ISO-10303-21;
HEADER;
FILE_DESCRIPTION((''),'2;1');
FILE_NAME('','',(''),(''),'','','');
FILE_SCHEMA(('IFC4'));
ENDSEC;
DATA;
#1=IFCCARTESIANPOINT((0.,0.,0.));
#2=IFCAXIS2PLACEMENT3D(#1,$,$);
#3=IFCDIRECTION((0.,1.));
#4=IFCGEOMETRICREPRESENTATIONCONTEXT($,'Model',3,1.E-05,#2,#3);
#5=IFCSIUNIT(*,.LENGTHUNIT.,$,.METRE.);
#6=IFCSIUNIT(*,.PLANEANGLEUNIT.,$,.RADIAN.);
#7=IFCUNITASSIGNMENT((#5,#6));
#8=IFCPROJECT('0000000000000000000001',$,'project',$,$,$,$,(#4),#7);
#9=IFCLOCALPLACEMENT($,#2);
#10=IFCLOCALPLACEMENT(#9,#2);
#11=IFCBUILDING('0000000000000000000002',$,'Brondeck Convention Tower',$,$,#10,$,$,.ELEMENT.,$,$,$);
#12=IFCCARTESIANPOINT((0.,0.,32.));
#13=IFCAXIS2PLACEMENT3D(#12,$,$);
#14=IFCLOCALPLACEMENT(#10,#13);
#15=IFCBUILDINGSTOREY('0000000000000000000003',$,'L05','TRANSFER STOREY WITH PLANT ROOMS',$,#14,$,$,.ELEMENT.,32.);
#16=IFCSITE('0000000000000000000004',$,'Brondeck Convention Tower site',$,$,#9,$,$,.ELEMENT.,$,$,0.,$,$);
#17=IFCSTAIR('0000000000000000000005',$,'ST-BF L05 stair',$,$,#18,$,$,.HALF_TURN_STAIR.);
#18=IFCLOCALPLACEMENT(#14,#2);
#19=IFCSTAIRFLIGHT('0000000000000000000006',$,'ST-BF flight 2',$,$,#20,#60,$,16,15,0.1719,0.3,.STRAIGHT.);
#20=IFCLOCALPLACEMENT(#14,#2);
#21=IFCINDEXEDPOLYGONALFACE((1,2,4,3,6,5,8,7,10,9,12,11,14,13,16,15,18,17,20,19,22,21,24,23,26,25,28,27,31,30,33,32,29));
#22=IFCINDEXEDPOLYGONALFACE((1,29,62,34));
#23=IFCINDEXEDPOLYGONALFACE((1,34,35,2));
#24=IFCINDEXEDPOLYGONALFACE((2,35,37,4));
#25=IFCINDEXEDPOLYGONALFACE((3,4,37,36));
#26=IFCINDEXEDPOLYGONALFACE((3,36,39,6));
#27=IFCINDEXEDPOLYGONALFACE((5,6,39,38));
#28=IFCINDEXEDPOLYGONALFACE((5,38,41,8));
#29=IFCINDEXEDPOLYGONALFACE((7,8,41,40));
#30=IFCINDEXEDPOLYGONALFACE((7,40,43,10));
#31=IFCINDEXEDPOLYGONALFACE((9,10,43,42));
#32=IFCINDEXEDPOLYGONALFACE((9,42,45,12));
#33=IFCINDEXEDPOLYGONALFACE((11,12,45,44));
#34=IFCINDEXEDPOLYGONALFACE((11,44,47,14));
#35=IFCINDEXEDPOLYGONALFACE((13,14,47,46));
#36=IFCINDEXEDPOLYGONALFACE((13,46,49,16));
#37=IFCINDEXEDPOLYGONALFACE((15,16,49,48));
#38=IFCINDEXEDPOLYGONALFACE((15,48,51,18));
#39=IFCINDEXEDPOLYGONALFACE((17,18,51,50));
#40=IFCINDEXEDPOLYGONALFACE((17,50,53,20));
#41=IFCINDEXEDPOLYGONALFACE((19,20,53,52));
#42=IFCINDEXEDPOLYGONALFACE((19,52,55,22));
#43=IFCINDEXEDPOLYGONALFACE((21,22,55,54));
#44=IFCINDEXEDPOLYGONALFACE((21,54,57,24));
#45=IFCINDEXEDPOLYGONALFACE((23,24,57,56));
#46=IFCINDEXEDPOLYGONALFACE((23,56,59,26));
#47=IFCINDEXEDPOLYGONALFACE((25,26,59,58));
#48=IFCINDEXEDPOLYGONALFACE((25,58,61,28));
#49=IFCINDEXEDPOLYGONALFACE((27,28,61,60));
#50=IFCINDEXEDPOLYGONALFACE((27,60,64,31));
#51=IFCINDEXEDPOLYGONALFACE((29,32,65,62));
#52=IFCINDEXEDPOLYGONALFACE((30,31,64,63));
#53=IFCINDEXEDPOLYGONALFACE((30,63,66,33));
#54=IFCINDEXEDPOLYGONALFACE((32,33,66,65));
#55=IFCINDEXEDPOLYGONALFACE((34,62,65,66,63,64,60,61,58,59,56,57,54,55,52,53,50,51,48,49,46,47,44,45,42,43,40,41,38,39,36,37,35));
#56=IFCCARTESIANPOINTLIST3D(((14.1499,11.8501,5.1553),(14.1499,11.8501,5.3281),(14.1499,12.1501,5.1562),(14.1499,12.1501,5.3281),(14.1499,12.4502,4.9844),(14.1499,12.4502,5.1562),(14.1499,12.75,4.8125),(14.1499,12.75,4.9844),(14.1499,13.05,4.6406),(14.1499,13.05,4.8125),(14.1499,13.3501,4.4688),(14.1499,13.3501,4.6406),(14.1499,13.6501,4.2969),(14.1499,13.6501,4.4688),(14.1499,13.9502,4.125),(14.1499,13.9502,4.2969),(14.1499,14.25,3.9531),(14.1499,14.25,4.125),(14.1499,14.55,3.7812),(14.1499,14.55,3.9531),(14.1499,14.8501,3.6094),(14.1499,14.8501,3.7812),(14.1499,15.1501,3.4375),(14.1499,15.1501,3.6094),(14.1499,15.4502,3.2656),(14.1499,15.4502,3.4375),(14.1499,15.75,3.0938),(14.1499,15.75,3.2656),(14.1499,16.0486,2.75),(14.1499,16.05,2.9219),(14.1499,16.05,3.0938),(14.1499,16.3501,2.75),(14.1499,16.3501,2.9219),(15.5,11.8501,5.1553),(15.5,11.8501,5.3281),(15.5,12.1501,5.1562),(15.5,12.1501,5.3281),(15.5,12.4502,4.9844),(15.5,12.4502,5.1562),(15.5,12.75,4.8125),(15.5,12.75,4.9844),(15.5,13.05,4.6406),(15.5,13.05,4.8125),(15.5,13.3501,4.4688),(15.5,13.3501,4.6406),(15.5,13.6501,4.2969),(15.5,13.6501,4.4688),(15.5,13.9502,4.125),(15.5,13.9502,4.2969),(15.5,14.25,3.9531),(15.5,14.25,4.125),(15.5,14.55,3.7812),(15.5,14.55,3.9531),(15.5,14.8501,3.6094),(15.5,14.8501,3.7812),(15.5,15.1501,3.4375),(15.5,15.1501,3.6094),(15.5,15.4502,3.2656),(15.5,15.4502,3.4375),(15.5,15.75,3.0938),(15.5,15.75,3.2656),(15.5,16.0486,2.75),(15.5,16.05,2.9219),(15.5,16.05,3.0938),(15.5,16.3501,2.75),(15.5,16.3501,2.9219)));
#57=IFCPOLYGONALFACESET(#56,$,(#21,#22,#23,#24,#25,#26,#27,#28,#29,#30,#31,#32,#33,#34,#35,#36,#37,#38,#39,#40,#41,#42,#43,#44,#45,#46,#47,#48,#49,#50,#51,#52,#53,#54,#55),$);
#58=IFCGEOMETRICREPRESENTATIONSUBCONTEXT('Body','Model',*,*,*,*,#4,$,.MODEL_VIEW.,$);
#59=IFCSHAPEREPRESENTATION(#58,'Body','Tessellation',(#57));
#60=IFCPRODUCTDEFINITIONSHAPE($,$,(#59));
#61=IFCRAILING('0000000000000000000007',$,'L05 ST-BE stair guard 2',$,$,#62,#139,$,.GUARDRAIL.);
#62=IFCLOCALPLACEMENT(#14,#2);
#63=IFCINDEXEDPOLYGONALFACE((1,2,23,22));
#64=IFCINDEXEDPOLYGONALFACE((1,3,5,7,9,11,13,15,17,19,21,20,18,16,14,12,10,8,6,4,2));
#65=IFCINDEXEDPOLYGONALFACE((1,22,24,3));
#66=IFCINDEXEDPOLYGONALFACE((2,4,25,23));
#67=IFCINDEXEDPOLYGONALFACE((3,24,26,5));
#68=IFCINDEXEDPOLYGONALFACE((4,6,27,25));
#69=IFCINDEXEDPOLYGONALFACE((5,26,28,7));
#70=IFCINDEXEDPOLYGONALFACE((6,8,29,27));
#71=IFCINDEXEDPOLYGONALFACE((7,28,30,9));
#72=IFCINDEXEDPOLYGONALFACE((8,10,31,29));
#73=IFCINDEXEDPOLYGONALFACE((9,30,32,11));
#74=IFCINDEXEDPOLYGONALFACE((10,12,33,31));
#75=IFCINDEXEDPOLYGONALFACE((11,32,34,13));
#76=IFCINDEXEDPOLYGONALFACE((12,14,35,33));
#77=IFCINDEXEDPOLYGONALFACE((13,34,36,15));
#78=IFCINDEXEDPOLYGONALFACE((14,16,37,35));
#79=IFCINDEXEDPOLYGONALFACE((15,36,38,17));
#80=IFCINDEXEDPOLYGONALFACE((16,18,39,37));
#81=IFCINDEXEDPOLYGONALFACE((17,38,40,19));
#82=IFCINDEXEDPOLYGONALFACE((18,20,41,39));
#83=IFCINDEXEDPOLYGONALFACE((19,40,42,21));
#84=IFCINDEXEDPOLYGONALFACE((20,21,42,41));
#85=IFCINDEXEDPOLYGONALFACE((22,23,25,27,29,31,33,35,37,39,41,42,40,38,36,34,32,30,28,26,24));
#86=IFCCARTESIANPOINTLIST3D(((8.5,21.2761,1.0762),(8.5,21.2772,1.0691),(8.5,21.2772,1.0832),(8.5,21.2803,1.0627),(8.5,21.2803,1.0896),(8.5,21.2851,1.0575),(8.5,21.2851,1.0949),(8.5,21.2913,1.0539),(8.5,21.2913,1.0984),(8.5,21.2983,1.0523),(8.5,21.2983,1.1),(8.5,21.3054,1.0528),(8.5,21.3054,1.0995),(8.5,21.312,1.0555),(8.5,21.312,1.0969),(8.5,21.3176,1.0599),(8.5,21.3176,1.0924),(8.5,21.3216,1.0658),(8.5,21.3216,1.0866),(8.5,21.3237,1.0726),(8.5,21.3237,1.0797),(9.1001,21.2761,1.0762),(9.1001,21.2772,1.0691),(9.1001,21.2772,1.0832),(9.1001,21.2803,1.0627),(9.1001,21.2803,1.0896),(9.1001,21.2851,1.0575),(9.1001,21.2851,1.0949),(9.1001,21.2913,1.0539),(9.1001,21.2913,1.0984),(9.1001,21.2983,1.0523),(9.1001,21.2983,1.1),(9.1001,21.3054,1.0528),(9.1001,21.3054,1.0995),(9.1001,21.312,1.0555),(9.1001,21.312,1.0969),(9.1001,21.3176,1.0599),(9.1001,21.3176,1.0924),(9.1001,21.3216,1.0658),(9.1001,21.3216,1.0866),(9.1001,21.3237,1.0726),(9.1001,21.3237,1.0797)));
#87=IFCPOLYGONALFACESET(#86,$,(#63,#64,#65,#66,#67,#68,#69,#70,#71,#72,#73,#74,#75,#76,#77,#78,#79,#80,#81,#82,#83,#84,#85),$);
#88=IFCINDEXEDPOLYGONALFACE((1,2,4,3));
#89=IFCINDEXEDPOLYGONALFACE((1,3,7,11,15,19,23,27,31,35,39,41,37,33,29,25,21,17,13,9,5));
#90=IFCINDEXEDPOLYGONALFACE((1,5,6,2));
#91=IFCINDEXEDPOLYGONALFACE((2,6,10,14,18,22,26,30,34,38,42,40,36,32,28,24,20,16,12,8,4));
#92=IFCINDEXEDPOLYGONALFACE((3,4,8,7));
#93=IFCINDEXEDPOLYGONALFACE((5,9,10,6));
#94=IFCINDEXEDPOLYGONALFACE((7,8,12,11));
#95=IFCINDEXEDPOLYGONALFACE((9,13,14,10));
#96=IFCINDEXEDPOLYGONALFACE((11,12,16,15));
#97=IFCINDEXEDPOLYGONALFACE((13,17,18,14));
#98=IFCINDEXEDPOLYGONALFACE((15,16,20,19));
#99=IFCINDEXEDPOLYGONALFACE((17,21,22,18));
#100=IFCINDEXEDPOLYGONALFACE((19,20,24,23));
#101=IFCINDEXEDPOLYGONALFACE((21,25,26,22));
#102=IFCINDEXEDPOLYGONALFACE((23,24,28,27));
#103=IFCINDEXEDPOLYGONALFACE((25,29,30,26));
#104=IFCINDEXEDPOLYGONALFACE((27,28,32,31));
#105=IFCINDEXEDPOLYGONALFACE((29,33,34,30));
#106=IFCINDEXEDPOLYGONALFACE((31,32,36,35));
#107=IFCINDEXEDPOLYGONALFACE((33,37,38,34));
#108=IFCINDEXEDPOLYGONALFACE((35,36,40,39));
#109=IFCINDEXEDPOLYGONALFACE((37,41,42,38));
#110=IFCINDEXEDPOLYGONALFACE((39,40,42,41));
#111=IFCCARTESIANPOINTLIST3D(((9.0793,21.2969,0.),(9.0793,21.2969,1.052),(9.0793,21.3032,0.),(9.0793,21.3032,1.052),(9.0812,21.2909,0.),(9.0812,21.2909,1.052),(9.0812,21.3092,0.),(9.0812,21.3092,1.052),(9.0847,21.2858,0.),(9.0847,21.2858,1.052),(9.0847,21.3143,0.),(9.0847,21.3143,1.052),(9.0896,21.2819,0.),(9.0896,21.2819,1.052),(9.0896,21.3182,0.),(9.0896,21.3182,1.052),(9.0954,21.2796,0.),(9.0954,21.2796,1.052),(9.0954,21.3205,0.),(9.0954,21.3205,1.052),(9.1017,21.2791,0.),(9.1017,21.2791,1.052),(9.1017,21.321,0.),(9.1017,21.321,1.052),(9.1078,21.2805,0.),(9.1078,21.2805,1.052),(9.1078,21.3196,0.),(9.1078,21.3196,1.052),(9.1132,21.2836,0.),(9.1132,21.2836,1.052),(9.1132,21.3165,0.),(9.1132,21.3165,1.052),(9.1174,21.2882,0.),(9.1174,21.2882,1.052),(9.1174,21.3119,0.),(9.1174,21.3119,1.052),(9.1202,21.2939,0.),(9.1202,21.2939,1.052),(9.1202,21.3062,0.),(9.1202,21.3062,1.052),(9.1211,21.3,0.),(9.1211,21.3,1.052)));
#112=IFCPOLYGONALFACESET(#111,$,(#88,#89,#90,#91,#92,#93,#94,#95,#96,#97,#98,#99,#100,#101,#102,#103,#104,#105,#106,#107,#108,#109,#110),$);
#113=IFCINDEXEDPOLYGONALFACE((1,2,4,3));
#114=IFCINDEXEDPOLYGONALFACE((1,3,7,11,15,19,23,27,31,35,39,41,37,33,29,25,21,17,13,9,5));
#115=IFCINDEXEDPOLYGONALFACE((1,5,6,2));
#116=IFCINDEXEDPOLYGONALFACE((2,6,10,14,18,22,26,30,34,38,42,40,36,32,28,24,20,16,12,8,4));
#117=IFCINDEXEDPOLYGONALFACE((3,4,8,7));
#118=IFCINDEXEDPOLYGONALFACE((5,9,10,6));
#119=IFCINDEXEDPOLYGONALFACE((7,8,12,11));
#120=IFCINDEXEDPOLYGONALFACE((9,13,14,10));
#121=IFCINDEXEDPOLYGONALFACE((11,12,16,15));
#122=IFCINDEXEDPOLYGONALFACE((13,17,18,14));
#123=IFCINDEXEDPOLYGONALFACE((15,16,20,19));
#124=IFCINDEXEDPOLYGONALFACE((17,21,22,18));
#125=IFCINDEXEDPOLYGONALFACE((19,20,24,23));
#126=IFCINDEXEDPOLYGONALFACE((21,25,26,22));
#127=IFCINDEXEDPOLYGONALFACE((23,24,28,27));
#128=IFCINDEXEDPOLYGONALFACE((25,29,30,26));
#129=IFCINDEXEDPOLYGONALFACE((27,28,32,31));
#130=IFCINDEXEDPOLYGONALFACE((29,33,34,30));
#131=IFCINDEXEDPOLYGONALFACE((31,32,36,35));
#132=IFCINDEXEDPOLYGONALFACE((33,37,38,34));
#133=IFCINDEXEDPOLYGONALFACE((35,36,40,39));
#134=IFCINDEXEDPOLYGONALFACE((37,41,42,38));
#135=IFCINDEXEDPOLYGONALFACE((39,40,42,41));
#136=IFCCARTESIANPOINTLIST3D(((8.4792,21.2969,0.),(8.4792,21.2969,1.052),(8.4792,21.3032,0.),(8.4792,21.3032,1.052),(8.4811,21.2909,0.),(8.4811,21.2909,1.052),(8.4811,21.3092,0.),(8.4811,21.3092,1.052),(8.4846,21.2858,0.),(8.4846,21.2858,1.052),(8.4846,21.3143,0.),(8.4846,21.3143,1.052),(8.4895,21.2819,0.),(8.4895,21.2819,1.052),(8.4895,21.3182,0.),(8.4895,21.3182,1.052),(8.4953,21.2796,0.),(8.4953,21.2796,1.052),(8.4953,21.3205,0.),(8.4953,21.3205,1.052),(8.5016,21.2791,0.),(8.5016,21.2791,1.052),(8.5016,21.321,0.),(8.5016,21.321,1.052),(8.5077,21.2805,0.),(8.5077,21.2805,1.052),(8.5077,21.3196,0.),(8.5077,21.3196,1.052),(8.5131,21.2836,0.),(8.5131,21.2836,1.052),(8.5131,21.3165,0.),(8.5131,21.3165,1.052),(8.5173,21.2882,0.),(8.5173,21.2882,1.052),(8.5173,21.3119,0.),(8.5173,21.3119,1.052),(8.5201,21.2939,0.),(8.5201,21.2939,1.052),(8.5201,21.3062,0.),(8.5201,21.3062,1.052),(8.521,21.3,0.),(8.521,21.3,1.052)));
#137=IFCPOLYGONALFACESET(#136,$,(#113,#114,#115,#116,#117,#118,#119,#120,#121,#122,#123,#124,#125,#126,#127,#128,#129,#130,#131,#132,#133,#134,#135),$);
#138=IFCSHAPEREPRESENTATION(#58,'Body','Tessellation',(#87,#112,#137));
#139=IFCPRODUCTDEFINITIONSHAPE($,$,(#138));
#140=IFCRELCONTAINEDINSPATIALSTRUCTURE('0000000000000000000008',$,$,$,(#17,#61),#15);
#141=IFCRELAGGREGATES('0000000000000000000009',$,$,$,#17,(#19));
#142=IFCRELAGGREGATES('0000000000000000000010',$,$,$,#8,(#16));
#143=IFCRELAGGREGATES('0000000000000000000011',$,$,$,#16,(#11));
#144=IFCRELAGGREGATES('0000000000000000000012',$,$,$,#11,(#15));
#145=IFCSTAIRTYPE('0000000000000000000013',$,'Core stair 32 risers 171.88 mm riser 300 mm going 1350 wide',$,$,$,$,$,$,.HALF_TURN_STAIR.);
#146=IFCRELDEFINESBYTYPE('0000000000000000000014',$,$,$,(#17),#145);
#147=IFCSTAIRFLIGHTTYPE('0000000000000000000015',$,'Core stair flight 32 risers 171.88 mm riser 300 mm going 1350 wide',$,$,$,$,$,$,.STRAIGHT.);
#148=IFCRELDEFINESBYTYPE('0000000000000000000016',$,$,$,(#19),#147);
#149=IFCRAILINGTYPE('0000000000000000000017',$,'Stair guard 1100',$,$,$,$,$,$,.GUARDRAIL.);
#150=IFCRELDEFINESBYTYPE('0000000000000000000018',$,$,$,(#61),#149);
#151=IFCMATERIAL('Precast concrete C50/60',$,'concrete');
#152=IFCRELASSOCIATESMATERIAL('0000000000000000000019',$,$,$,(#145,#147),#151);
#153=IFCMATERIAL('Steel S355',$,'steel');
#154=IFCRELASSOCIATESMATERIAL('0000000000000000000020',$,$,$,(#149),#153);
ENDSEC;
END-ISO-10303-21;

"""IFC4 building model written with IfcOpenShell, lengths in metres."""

from ifc_helpers import new_model, si_unit, direction, frame, origin, origin_2d, place, context, subcontext, project, spatial, polyline, circle, outline, extrude, material, type_object, element, aggregate, save


model = new_model("IFC4")

# Units and contexts
model_context = context("Model", 3, precision=1e-05, world=origin(), true_north=direction((0.0, 1.0)))
body_context = subcontext(model_context, "Body", "Model", "MODEL_VIEW")
ifc_project = project(units=[si_unit("LENGTHUNIT", "METRE"), si_unit("PLANEANGLEUNIT", "RADIAN")], contexts=[model_context])

# Site, building, storey
site_placement = place(None, origin())
site = spatial("IfcSite", under=ifc_project, at=site_placement, Name="Brondeck Convention Tower site", CompositionType="ELEMENT", RefElevation=0.0)
building_placement = place(site_placement, origin())
building = spatial("IfcBuilding", under=site, at=building_placement, Name="Brondeck Convention Tower", CompositionType="ELEMENT")
storey_placement = place(building_placement, frame((0.0, 0.0, 32.0)))
storey = spatial("IfcBuildingStorey", under=building, at=storey_placement, Name="L05", Description="TRANSFER STOREY WITH PLANT ROOMS", CompositionType="ELEMENT", Elevation=32.0)

# Shared definitions
ifc_material_1 = material(Name="Precast concrete C50/60", Category="concrete")
stair_type = type_object("IfcStairType", Name="Core stair 32 risers 171.88 mm riser 300 mm going 1350 wide", PredefinedType="HALF_TURN_STAIR", material=ifc_material_1)
stair_flight_type = type_object("IfcStairFlightType", Name="Core stair flight 32 risers 171.88 mm riser 300 mm going 1350 wide", PredefinedType="STRAIGHT", material=ifc_material_1)

# Stair, stair flight
stair_1_placement = place(storey_placement, origin())
stair_1 = element("IfcStair", 1, at=stair_1_placement, inside=storey, type_object=stair_type, Name="ST-BF L05 stair", PredefinedType="HALF_TURN_STAIR")
stair_flight_1_placement = place(storey_placement, frame((14.825, 16.3501, 2.75), z_axis=(0.0, 0.0, 1.0), x_axis=(0.0, -1.0, 0.0)))
stair_flight_1 = element("IfcStairFlight", 2, at=stair_flight_1_placement, type_object=stair_flight_type, Name="ST-BF flight 2", NumberOfRisers=16, NumberOfTreads=15, PredefinedType="STRAIGHT", RiserHeight=0.1719, TreadLength=0.3, context=body_context, shape_type="SweptSolid", body=[
    extrude(outline(polyline([(0.0, 0.0), (0.0, 0.1719), (0.3, 0.1719), (0.3, 0.3438), (0.6001, 0.3438), (0.6001, 0.5156), (0.8999, 0.5156), (0.8999, 0.6875), (1.2, 0.6875), (1.2, 0.8594), (1.5, 0.8594), (1.5, 1.0312), (1.8, 1.0312), (1.8, 1.2031), (2.1001, 1.2031), (2.1001, 1.375), (2.3999, 1.375), (2.3999, 1.5469), (2.7, 1.5469), (2.7, 1.7188), (3.0, 1.7188), (3.0, 1.8906), (3.3, 1.8906), (3.3, 2.0625), (3.6001, 2.0625), (3.6001, 2.2344), (3.8999, 2.2344), (3.8999, 2.4062), (4.2, 2.4062), (4.2, 2.5781), (4.5, 2.5781), (4.5, 2.75), (4.5, 2.4053), (0.3015, 0.0), (0.0, 0.0)])), frame((0.0, 0.675, 0.0), z_axis=(0.0, -1.0, 0.0), x_axis=(1.0, 0.0, 0.0)), (0.0, 0.0, 1.0), 1.3501),
])
aggregate(stair_1, [stair_flight_1])

# Railing
ifc_material_2 = material(Name="Steel S355", Category="steel")
railing_type_1 = type_object("IfcRailingType", Name="Stair guard 1100", PredefinedType="GUARDRAIL", material=ifc_material_2)
for number, where, name in (
    (3, (9.1001, 21.3, 0.0), "L05 ST-BE stair guard 2"),
):
    element("IfcRailing", number, at=place(storey_placement, frame(where)), inside=storey, type_object=railing_type_1, Name=name, PredefinedType="GUARDRAIL", context=body_context, shape_type="SweptSolid", body=[
        extrude(circle(Radius=0.0239, at=origin_2d()), frame((0.0, 0.0, 1.0762), z_axis=(-1.0, 0.0, 0.0), x_axis=(0.0, -1.0, 0.0)), (0.0, 0.0, 1.0), 0.6001),
        extrude(circle(Radius=0.021, at=origin_2d()), origin(), (0.0, 0.0, 1.0), 1.052),
        extrude(circle(Radius=0.021, at=origin_2d()), frame((-0.6001, 0.0, 0.0)), (0.0, 0.0, 1.0), 1.052),
    ])

save(model, "model.ifc")
